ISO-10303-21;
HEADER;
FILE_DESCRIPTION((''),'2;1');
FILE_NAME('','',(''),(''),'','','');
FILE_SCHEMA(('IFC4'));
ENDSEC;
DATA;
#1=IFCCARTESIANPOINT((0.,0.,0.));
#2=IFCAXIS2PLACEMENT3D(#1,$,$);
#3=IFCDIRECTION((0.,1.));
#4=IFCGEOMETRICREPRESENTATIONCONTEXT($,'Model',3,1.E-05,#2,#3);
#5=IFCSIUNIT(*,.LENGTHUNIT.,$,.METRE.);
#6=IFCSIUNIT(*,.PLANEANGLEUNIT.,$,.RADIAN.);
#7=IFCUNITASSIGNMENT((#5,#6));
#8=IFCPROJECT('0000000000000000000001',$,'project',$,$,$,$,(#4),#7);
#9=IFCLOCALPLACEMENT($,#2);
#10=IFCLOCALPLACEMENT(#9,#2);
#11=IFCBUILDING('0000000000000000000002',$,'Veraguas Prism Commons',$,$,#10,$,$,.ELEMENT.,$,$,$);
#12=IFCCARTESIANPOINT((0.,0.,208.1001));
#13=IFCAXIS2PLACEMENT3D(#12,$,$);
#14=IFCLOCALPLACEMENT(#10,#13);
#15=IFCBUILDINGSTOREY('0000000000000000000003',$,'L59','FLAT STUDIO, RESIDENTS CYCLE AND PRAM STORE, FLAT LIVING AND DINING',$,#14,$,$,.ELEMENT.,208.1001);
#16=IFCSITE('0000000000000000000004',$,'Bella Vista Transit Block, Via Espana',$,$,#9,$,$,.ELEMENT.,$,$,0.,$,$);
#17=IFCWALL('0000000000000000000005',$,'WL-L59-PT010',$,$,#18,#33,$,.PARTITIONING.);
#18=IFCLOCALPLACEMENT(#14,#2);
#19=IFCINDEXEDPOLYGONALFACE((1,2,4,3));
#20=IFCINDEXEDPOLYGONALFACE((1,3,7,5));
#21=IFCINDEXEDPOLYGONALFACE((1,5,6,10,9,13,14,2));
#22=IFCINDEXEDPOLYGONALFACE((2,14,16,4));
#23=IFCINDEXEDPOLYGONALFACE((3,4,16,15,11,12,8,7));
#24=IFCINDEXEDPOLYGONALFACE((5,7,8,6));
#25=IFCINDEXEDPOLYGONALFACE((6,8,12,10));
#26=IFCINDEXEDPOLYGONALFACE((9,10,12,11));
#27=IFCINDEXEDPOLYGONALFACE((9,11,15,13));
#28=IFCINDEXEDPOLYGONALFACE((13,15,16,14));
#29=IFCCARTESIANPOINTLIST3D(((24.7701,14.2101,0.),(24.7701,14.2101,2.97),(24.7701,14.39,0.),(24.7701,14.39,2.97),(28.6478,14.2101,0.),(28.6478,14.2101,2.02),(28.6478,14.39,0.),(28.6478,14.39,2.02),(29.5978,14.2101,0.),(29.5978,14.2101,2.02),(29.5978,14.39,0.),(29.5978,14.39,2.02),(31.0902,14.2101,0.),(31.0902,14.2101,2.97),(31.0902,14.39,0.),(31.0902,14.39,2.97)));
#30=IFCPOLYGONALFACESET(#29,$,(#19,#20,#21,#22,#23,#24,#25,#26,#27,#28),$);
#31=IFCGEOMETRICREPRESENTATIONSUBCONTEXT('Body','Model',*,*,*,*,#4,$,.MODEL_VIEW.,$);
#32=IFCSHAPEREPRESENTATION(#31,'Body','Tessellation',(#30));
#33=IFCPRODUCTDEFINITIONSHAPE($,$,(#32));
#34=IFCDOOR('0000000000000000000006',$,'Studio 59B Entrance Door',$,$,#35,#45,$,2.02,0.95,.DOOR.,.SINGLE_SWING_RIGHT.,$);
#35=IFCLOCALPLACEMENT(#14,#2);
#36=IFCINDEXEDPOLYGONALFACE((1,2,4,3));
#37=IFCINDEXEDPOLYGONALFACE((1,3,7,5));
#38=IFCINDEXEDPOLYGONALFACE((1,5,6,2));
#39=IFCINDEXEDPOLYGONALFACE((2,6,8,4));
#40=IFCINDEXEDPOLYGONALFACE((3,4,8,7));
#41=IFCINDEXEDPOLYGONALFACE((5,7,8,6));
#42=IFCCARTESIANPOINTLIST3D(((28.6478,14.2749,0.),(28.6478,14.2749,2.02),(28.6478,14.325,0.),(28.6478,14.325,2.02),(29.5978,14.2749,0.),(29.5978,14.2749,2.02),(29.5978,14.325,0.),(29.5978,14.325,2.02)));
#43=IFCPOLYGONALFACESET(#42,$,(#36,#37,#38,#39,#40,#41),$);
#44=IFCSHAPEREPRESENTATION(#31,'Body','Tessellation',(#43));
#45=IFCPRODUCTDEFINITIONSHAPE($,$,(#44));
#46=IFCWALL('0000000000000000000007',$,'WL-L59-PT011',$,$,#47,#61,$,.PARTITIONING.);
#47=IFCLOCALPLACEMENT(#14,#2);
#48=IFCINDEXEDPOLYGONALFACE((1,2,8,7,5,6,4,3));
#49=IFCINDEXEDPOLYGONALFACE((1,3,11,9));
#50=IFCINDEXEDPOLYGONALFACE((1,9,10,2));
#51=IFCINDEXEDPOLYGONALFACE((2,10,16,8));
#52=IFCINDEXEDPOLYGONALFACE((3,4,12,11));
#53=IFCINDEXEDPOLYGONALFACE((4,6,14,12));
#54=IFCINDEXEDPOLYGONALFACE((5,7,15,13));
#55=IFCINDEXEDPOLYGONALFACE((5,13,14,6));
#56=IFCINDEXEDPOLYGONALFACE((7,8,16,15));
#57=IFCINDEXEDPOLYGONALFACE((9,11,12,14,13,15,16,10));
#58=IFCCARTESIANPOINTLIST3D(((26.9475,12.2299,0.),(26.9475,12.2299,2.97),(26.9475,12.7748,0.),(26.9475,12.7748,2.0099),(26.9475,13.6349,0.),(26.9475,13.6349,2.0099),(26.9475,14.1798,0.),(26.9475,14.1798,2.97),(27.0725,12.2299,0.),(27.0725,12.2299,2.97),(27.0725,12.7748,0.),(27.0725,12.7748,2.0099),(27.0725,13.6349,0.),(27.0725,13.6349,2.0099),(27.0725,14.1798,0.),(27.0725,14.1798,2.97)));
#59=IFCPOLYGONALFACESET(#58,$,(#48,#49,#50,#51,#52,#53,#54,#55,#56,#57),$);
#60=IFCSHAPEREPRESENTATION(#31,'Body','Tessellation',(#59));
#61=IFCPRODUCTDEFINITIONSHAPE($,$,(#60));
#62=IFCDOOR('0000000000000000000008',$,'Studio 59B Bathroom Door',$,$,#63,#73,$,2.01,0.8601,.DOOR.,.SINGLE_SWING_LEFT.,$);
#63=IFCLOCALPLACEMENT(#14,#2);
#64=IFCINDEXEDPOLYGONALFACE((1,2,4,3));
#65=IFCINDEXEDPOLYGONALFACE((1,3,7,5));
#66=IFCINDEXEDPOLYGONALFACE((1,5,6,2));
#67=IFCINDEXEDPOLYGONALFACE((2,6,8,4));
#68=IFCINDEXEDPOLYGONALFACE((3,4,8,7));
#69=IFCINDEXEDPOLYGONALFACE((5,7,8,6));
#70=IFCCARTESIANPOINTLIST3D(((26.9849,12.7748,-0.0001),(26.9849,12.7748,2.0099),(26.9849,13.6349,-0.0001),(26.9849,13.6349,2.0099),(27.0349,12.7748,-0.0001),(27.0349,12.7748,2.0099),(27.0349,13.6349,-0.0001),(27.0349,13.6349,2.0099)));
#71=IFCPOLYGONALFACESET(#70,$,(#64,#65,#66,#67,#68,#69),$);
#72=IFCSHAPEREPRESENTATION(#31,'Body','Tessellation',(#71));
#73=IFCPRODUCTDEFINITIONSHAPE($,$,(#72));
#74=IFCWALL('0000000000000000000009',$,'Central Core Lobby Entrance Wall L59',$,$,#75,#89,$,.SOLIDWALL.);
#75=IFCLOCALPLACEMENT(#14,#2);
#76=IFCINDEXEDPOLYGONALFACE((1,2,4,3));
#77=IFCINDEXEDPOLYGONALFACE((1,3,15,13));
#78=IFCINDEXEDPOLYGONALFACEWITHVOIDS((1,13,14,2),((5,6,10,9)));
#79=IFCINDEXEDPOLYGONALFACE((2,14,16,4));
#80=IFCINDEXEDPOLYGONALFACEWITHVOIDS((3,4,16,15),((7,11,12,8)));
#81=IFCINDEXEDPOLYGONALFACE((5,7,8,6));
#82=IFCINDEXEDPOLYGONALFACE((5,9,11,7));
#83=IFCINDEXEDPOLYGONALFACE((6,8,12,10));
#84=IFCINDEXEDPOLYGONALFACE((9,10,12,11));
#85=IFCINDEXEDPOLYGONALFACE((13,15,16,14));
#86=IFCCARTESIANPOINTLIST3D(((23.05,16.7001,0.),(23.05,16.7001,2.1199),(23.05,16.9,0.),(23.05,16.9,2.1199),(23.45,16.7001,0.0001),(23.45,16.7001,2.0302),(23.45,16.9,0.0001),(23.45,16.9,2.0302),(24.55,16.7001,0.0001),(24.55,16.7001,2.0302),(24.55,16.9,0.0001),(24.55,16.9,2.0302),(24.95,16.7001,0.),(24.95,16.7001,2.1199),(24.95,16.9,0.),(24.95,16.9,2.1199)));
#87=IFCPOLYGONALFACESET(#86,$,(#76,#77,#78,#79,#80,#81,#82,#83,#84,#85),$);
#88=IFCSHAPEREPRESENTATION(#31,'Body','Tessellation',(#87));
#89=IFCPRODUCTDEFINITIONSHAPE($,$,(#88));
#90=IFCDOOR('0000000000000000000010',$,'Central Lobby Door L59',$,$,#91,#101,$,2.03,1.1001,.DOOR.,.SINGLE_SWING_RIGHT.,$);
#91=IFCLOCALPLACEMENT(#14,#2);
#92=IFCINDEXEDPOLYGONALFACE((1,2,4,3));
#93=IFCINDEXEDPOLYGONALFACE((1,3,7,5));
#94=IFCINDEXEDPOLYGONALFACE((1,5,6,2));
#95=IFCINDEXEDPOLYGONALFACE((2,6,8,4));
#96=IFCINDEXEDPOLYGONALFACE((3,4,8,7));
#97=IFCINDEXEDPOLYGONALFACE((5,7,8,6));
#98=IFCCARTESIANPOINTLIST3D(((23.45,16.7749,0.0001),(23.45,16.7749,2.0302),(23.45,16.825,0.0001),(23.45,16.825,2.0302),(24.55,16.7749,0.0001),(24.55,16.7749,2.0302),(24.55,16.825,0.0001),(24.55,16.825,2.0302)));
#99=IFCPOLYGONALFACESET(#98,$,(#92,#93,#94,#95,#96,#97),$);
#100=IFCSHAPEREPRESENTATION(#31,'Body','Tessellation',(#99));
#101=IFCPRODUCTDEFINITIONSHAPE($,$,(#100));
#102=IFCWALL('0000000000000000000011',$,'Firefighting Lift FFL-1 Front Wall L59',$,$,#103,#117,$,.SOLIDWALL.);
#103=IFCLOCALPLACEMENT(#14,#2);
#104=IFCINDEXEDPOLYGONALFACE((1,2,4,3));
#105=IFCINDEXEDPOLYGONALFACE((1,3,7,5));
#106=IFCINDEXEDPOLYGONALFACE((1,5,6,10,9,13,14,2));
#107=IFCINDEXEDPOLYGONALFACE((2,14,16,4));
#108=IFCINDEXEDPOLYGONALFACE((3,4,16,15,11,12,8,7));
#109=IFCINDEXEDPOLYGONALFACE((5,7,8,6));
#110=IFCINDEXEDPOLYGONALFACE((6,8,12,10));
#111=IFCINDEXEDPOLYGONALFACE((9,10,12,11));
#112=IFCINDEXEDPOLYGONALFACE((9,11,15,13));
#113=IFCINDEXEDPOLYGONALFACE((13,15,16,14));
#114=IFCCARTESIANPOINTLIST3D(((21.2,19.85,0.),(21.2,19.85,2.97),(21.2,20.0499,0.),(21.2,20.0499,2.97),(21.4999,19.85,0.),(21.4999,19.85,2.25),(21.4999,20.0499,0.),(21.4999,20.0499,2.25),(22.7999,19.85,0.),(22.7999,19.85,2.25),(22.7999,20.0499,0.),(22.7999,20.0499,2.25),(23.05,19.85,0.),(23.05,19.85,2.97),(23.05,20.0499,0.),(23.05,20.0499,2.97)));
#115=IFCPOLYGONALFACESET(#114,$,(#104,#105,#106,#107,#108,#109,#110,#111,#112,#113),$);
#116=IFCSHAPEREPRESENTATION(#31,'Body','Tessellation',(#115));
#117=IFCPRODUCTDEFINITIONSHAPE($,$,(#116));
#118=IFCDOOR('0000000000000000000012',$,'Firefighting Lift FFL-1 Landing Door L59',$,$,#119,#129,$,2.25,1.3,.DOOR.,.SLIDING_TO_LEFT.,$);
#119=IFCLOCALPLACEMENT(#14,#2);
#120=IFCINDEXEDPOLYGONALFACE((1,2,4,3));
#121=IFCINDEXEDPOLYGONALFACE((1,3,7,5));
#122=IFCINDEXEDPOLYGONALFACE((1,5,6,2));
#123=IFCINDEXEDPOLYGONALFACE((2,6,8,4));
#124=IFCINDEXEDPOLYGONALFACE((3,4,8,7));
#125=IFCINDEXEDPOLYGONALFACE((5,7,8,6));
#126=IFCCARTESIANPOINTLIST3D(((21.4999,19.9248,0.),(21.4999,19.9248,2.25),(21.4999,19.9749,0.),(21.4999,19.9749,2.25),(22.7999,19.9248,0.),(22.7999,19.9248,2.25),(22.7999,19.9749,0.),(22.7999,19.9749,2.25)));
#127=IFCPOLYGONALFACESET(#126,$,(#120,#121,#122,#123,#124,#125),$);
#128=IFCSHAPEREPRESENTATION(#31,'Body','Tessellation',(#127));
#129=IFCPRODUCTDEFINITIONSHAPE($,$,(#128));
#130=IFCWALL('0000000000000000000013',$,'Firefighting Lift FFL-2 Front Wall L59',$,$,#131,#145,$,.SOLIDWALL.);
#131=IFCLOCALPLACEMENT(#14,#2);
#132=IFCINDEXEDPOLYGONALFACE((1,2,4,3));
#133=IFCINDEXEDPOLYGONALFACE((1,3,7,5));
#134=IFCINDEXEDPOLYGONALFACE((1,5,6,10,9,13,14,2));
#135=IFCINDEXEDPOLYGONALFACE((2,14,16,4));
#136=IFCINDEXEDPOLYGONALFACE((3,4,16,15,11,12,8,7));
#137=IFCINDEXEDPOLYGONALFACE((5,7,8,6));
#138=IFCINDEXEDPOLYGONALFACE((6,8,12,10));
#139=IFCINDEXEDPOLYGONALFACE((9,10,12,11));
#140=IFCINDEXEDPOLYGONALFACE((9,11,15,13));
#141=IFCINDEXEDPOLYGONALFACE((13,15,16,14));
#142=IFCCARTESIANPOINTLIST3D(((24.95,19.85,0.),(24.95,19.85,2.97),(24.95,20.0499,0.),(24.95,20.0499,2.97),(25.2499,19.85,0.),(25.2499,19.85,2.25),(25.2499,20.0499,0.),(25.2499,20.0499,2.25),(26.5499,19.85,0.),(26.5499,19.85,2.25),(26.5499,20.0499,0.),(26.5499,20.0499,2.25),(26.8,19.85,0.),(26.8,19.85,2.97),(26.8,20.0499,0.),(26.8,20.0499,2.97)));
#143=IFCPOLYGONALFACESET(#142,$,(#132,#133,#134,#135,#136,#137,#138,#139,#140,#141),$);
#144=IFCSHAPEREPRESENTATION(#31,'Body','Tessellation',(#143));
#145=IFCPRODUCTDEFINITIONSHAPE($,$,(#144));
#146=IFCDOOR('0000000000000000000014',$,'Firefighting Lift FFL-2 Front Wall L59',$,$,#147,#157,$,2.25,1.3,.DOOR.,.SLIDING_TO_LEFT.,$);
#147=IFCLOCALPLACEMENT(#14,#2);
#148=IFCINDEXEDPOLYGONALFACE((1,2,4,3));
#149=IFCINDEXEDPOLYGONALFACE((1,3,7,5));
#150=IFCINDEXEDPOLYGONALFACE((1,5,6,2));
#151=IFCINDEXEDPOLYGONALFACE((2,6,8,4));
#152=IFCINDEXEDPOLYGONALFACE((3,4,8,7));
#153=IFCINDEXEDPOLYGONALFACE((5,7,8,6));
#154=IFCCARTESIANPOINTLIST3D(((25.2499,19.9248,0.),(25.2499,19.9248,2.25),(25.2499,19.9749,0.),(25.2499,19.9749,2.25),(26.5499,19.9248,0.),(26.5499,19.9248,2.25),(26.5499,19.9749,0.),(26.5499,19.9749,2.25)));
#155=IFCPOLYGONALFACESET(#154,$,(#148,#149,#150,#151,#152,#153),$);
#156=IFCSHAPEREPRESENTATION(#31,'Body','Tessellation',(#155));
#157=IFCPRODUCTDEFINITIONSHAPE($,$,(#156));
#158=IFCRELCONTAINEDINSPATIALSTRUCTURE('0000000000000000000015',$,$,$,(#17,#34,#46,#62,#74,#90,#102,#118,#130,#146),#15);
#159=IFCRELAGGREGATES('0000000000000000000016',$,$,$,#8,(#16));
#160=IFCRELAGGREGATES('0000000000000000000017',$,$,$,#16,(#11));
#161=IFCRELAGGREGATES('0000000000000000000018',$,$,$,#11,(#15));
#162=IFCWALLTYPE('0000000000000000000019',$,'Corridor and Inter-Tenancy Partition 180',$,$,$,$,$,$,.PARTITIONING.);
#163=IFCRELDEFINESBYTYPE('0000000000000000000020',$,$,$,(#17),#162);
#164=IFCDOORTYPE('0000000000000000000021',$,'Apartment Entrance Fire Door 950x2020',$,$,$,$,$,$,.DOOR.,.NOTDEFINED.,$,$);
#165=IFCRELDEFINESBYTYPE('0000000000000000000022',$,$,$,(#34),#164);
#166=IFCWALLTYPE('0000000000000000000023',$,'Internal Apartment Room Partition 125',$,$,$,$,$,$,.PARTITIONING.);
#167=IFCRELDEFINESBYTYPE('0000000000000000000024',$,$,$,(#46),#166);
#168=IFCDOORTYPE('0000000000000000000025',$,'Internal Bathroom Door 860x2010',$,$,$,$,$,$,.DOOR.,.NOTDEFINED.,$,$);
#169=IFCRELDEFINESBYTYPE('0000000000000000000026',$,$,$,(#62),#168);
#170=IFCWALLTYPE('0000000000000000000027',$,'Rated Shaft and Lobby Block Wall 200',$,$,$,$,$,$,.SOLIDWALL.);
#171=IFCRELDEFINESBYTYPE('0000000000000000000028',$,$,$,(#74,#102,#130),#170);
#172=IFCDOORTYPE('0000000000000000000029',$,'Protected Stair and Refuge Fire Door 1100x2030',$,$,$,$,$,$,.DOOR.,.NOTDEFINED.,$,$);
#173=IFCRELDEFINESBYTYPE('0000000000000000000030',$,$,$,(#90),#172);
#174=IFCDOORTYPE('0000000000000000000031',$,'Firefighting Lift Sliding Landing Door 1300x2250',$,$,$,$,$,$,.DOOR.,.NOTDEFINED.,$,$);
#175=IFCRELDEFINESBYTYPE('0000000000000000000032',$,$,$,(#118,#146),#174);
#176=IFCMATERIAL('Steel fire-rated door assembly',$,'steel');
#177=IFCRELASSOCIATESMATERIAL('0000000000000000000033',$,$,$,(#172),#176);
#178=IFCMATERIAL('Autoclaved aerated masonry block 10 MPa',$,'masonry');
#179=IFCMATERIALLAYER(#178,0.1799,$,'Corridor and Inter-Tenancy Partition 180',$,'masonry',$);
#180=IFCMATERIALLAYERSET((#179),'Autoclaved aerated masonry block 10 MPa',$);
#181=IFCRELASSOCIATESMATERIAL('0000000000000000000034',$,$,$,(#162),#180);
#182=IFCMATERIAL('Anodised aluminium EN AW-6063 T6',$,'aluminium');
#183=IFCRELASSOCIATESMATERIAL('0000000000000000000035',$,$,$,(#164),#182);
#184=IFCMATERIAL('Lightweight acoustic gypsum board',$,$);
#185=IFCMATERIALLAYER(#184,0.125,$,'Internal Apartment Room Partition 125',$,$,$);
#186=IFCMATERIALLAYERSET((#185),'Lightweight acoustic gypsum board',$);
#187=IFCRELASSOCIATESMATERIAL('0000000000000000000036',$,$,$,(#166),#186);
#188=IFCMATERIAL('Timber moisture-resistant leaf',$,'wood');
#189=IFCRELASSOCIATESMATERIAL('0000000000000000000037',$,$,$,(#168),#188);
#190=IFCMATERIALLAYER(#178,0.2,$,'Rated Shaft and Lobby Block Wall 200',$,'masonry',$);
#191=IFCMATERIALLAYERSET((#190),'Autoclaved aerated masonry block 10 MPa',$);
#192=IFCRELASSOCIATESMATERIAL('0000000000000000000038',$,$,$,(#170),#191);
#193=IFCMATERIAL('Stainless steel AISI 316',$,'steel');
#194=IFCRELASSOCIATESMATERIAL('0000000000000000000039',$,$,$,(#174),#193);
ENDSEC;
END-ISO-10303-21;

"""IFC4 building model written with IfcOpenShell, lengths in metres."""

from ifc_helpers import new_model, si_unit, direction, frame, frame_2d, origin, place, context, subcontext, project, spatial, rectangle, extrude, source, transform, mapped, material, layer, layer_set, type_object, element, fill, save


model = new_model("IFC4")

# Units and contexts
model_context = context("Model", 3, precision=1e-05, world=origin(), true_north=direction((0.0, 1.0)))
body_context = subcontext(model_context, "Body", "Model", "MODEL_VIEW")
ifc_project = project(units=[si_unit("LENGTHUNIT", "METRE"), si_unit("PLANEANGLEUNIT", "RADIAN")], contexts=[model_context])

# Site, building, storey
site_placement = place(None, origin())
site = spatial("IfcSite", under=ifc_project, at=site_placement, Name="Bella Vista Transit Block, Via Espana", CompositionType="ELEMENT", RefElevation=0.0)
building_placement = place(site_placement, origin())
building = spatial("IfcBuilding", under=site, at=building_placement, Name="Veraguas Prism Commons", CompositionType="ELEMENT")
storey_placement = place(building_placement, frame((0.0, 0.0, 208.1001)))
storey = spatial("IfcBuildingStorey", under=building, at=storey_placement, Name="L59", Description="FLAT STUDIO, RESIDENTS CYCLE AND PRAM STORE, FLAT LIVING AND DINING", CompositionType="ELEMENT", Elevation=208.1001)

# Shared definitions
ifc_material_1 = material(Name="Steel fire-rated door assembly", Category="steel")
door_type_1 = type_object("IfcDoorType", Name="Protected Stair and Refuge Fire Door 1100x2030", OperationType="NOTDEFINED", PredefinedType="DOOR", material=ifc_material_1)
shared_shape_1 = source(origin(), body_context, "Body", "SweptSolid", [
    extrude(rectangle(XDim=1.1001, YDim=2.03, at=frame_2d((0.55, 1.0151))), frame((0.0, 0.0249, 0.0), z_axis=(0.0, -1.0, 0.0), x_axis=(1.0, 0.0, 0.0)), (0.0, 0.0, 1.0), 0.05),
])

# Shared definitions
ifc_material_2 = material(Name="Autoclaved aerated masonry block 10 MPa", Category="masonry")
ifc_layer_1 = layer(ifc_material_2, 0.1799, Name="Corridor and Inter-Tenancy Partition 180", Category="masonry")
ifc_layer_set_1 = layer_set([ifc_layer_1], Name="Autoclaved aerated masonry block 10 MPa")
wall_type_1 = type_object("IfcWallType", Name="Corridor and Inter-Tenancy Partition 180", PredefinedType="PARTITIONING", material=ifc_layer_set_1)

# Walls, openings, doors
wall_1_placement = place(storey_placement, frame((24.77, 14.3, 0.0), z_axis=(0.0, 0.0, 1.0), x_axis=(1.0, 0.0, 0.0)))
wall_1 = element("IfcWall", 1, at=wall_1_placement, inside=storey, type_object=wall_type_1, Name="WL-L59-PT010", PredefinedType="PARTITIONING", context=body_context, shape_type="SweptSolid", body=[
    extrude(rectangle(XDim=6.3201, YDim=0.1799, at=frame_2d((3.1602, 0.0))), origin(), (0.0, 0.0, 1.0), 2.97),
])
opening_1_placement = place(wall_1_placement, frame((3.8777, 0.0, 0.0)))
opening_1 = element("IfcOpeningElement", 2, at=opening_1_placement, cuts=wall_1, PredefinedType="OPENING", context=body_context, shape_type="SweptSolid", body=[
    extrude(rectangle(XDim=0.95, YDim=2.02, at=frame_2d((0.4751, 1.01))), frame((0.0, 0.0999, 0.0), z_axis=(0.0, -1.0, 0.0), x_axis=(1.0, 0.0, 0.0)), (0.0, 0.0, 1.0), 0.2),
])
ifc_material_3 = material(Name="Anodised aluminium EN AW-6063 T6", Category="aluminium")
door_type_2 = type_object("IfcDoorType", Name="Apartment Entrance Fire Door 950x2020", OperationType="NOTDEFINED", PredefinedType="DOOR", material=ifc_material_3)
shared_shape_2 = source(origin(), body_context, "Body", "SweptSolid", [
    extrude(rectangle(XDim=0.95, YDim=2.02, at=frame_2d((0.4751, 1.01))), frame((0.0, 0.0249, 0.0), z_axis=(0.0, -1.0, 0.0), x_axis=(1.0, 0.0, 0.0)), (0.0, 0.0, 1.0), 0.05),
])
door_1_placement = place(opening_1_placement, origin())
door_1 = element("IfcDoor", 3, at=door_1_placement, inside=storey, type_object=door_type_2, Name="Studio 59B Entrance Door", OperationType="SINGLE_SWING_RIGHT", OverallHeight=2.02, OverallWidth=0.95, PredefinedType="DOOR", context=body_context, shape_type="MappedRepresentation", body=[
    mapped(shared_shape_2, transform((0.0, 0.0, 0.0), scale=1.0)),
])
fill(opening_1, door_1)
ifc_material_4 = material(Name="Lightweight acoustic gypsum board")
ifc_layer_2 = layer(ifc_material_4, 0.125, Name="Internal Apartment Room Partition 125")
ifc_layer_set_2 = layer_set([ifc_layer_2], Name="Lightweight acoustic gypsum board")
wall_type_2 = type_object("IfcWallType", Name="Internal Apartment Room Partition 125", PredefinedType="PARTITIONING", material=ifc_layer_set_2)
wall_2_placement = place(storey_placement, frame((27.01, 14.1799, 0.0), z_axis=(0.0, 0.0, 1.0), x_axis=(0.0, -1.0, 0.0)))
wall_2 = element("IfcWall", 4, at=wall_2_placement, inside=storey, type_object=wall_type_2, Name="WL-L59-PT011", PredefinedType="PARTITIONING", context=body_context, shape_type="SweptSolid", body=[
    extrude(rectangle(XDim=1.95, YDim=0.125, at=frame_2d((0.9751, 0.0))), origin(), (0.0, 0.0, 1.0), 2.97),
])
opening_2_placement = place(wall_2_placement, frame((0.5449, 0.0, 0.0)))
opening_2 = element("IfcOpeningElement", 5, at=opening_2_placement, cuts=wall_2, PredefinedType="OPENING", context=body_context, shape_type="SweptSolid", body=[
    extrude(rectangle(XDim=0.8601, YDim=2.01, at=frame_2d((0.4302, 1.0049))), frame((0.0, 0.0725, 0.0), z_axis=(0.0, -1.0, 0.0), x_axis=(1.0, 0.0, 0.0)), (0.0, 0.0, 1.0), 0.145),
])
ifc_material_5 = material(Name="Timber moisture-resistant leaf", Category="wood")
door_type_3 = type_object("IfcDoorType", Name="Internal Bathroom Door 860x2010", OperationType="NOTDEFINED", PredefinedType="DOOR", material=ifc_material_5)
shared_shape_3 = source(origin(), body_context, "Body", "SweptSolid", [
    extrude(rectangle(XDim=0.8601, YDim=2.01, at=frame_2d((0.4302, 1.0049))), frame((0.0, 0.0249, 0.0), z_axis=(0.0, -1.0, 0.0), x_axis=(1.0, 0.0, 0.0)), (0.0, 0.0, 1.0), 0.05),
])
door_2_placement = place(opening_2_placement, origin())
door_2 = element("IfcDoor", 6, at=door_2_placement, inside=storey, type_object=door_type_3, Name="Studio 59B Bathroom Door", OperationType="SINGLE_SWING_LEFT", OverallHeight=2.01, OverallWidth=0.8601, PredefinedType="DOOR", context=body_context, shape_type="MappedRepresentation", body=[
    mapped(shared_shape_3, transform((0.0, 0.0, 0.0), scale=1.0)),
])
fill(opening_2, door_2)
ifc_layer_3 = layer(ifc_material_2, 0.2, Name="Rated Shaft and Lobby Block Wall 200", Category="masonry")
ifc_layer_set_3 = layer_set([ifc_layer_3], Name="Autoclaved aerated masonry block 10 MPa")
wall_type_3 = type_object("IfcWallType", Name="Rated Shaft and Lobby Block Wall 200", PredefinedType="SOLIDWALL", material=ifc_layer_set_3)
wall_3_placement = place(storey_placement, frame((23.05, 16.8, 0.0), z_axis=(0.0, 0.0, 1.0), x_axis=(1.0, 0.0, 0.0)))
wall_3 = element("IfcWall", 7, at=wall_3_placement, inside=storey, type_object=wall_type_3, Name="Central Core Lobby Entrance Wall L59", PredefinedType="SOLIDWALL", context=body_context, shape_type="SweptSolid", body=[
    extrude(rectangle(XDim=1.8999, YDim=0.2, at=frame_2d((0.95, 0.0))), origin(), (0.0, 0.0, 1.0), 2.1199),
])
opening_3_placement = place(wall_3_placement, frame((0.3999, 0.0, 0.0)))
opening_3 = element("IfcOpeningElement", 8, at=opening_3_placement, cuts=wall_3, PredefinedType="OPENING", context=body_context, shape_type="SweptSolid", body=[
    extrude(rectangle(XDim=1.1001, YDim=2.03, at=frame_2d((0.55, 1.0151))), frame((0.0, 0.1099, 0.0), z_axis=(0.0, -1.0, 0.0), x_axis=(1.0, 0.0, 0.0)), (0.0, 0.0, 1.0), 0.22),
])
door_3_placement = place(opening_3_placement, origin())
door_3 = element("IfcDoor", 9, at=door_3_placement, inside=storey, type_object=door_type_1, Name="Central Lobby Door L59", OperationType="SINGLE_SWING_RIGHT", OverallHeight=2.03, OverallWidth=1.1001, PredefinedType="DOOR", context=body_context, shape_type="MappedRepresentation", body=[
    mapped(shared_shape_1, transform((0.0, 0.0, 0.0), scale=1.0)),
])
fill(opening_3, door_3)
wall_4_placement = place(storey_placement, frame((21.2, 19.95, 0.0), z_axis=(0.0, 0.0, 1.0), x_axis=(1.0, 0.0, 0.0)))
wall_4 = element("IfcWall", 10, at=wall_4_placement, inside=storey, type_object=wall_type_3, Name="Firefighting Lift FFL-1 Front Wall L59", PredefinedType="SOLIDWALL", context=body_context, shape_type="SweptSolid", body=[
    extrude(rectangle(XDim=1.8501, YDim=0.2, at=frame_2d((0.925, 0.0))), origin(), (0.0, 0.0, 1.0), 2.97),
])
opening_4_placement = place(wall_4_placement, frame((0.3, 0.0, 0.0)))
opening_4 = element("IfcOpeningElement", 11, at=opening_4_placement, cuts=wall_4, PredefinedType="OPENING", context=body_context, shape_type="SweptSolid", body=[
    extrude(rectangle(XDim=1.3, YDim=2.25, at=frame_2d((0.6499, 1.125))), frame((0.0, 0.1099, 0.0), z_axis=(0.0, -1.0, 0.0), x_axis=(1.0, 0.0, 0.0)), (0.0, 0.0, 1.0), 0.22),
])
ifc_material_6 = material(Name="Stainless steel AISI 316", Category="steel")
door_type_4 = type_object("IfcDoorType", Name="Firefighting Lift Sliding Landing Door 1300x2250", OperationType="NOTDEFINED", PredefinedType="DOOR", material=ifc_material_6)
shared_shape_4 = source(origin(), body_context, "Body", "SweptSolid", [
    extrude(rectangle(XDim=1.3, YDim=2.25, at=frame_2d((0.6499, 1.125))), frame((0.0, 0.0249, 0.0), z_axis=(0.0, -1.0, 0.0), x_axis=(1.0, 0.0, 0.0)), (0.0, 0.0, 1.0), 0.05),
])
door_4_placement = place(opening_4_placement, origin())
door_4 = element("IfcDoor", 12, at=door_4_placement, inside=storey, type_object=door_type_4, Name="Firefighting Lift FFL-1 Landing Door L59", OperationType="SLIDING_TO_LEFT", OverallHeight=2.25, OverallWidth=1.3, PredefinedType="DOOR", context=body_context, shape_type="MappedRepresentation", body=[
    mapped(shared_shape_4, transform((0.0, 0.0, 0.0), scale=1.0)),
])
fill(opening_4, door_4)
wall_5_placement = place(storey_placement, frame((24.95, 19.95, 0.0), z_axis=(0.0, 0.0, 1.0), x_axis=(1.0, 0.0, 0.0)))
wall_5 = element("IfcWall", 13, at=wall_5_placement, inside=storey, type_object=wall_type_3, Name="Firefighting Lift FFL-2 Front Wall L59", PredefinedType="SOLIDWALL", context=body_context, shape_type="SweptSolid", body=[
    extrude(rectangle(XDim=1.8501, YDim=0.2, at=frame_2d((0.925, 0.0))), origin(), (0.0, 0.0, 1.0), 2.97),
])
opening_5_placement = place(wall_5_placement, frame((0.3, 0.0, 0.0)))
opening_5 = element("IfcOpeningElement", 14, at=opening_5_placement, cuts=wall_5, PredefinedType="OPENING", context=body_context, shape_type="SweptSolid", body=[
    extrude(rectangle(XDim=1.3, YDim=2.25, at=frame_2d((0.6499, 1.125))), frame((0.0, 0.1099, 0.0), z_axis=(0.0, -1.0, 0.0), x_axis=(1.0, 0.0, 0.0)), (0.0, 0.0, 1.0), 0.22),
])
door_5_placement = place(opening_5_placement, origin())
door_5 = element("IfcDoor", 15, at=door_5_placement, inside=storey, type_object=door_type_4, Name="Firefighting Lift FFL-2 Front Wall L59", OperationType="SLIDING_TO_LEFT", OverallHeight=2.25, OverallWidth=1.3, PredefinedType="DOOR", context=body_context, shape_type="MappedRepresentation", body=[
    mapped(shared_shape_4, transform((0.0, 0.0, 0.0), scale=1.0)),
])
fill(opening_5, door_5)

save(model, "model.ifc")
